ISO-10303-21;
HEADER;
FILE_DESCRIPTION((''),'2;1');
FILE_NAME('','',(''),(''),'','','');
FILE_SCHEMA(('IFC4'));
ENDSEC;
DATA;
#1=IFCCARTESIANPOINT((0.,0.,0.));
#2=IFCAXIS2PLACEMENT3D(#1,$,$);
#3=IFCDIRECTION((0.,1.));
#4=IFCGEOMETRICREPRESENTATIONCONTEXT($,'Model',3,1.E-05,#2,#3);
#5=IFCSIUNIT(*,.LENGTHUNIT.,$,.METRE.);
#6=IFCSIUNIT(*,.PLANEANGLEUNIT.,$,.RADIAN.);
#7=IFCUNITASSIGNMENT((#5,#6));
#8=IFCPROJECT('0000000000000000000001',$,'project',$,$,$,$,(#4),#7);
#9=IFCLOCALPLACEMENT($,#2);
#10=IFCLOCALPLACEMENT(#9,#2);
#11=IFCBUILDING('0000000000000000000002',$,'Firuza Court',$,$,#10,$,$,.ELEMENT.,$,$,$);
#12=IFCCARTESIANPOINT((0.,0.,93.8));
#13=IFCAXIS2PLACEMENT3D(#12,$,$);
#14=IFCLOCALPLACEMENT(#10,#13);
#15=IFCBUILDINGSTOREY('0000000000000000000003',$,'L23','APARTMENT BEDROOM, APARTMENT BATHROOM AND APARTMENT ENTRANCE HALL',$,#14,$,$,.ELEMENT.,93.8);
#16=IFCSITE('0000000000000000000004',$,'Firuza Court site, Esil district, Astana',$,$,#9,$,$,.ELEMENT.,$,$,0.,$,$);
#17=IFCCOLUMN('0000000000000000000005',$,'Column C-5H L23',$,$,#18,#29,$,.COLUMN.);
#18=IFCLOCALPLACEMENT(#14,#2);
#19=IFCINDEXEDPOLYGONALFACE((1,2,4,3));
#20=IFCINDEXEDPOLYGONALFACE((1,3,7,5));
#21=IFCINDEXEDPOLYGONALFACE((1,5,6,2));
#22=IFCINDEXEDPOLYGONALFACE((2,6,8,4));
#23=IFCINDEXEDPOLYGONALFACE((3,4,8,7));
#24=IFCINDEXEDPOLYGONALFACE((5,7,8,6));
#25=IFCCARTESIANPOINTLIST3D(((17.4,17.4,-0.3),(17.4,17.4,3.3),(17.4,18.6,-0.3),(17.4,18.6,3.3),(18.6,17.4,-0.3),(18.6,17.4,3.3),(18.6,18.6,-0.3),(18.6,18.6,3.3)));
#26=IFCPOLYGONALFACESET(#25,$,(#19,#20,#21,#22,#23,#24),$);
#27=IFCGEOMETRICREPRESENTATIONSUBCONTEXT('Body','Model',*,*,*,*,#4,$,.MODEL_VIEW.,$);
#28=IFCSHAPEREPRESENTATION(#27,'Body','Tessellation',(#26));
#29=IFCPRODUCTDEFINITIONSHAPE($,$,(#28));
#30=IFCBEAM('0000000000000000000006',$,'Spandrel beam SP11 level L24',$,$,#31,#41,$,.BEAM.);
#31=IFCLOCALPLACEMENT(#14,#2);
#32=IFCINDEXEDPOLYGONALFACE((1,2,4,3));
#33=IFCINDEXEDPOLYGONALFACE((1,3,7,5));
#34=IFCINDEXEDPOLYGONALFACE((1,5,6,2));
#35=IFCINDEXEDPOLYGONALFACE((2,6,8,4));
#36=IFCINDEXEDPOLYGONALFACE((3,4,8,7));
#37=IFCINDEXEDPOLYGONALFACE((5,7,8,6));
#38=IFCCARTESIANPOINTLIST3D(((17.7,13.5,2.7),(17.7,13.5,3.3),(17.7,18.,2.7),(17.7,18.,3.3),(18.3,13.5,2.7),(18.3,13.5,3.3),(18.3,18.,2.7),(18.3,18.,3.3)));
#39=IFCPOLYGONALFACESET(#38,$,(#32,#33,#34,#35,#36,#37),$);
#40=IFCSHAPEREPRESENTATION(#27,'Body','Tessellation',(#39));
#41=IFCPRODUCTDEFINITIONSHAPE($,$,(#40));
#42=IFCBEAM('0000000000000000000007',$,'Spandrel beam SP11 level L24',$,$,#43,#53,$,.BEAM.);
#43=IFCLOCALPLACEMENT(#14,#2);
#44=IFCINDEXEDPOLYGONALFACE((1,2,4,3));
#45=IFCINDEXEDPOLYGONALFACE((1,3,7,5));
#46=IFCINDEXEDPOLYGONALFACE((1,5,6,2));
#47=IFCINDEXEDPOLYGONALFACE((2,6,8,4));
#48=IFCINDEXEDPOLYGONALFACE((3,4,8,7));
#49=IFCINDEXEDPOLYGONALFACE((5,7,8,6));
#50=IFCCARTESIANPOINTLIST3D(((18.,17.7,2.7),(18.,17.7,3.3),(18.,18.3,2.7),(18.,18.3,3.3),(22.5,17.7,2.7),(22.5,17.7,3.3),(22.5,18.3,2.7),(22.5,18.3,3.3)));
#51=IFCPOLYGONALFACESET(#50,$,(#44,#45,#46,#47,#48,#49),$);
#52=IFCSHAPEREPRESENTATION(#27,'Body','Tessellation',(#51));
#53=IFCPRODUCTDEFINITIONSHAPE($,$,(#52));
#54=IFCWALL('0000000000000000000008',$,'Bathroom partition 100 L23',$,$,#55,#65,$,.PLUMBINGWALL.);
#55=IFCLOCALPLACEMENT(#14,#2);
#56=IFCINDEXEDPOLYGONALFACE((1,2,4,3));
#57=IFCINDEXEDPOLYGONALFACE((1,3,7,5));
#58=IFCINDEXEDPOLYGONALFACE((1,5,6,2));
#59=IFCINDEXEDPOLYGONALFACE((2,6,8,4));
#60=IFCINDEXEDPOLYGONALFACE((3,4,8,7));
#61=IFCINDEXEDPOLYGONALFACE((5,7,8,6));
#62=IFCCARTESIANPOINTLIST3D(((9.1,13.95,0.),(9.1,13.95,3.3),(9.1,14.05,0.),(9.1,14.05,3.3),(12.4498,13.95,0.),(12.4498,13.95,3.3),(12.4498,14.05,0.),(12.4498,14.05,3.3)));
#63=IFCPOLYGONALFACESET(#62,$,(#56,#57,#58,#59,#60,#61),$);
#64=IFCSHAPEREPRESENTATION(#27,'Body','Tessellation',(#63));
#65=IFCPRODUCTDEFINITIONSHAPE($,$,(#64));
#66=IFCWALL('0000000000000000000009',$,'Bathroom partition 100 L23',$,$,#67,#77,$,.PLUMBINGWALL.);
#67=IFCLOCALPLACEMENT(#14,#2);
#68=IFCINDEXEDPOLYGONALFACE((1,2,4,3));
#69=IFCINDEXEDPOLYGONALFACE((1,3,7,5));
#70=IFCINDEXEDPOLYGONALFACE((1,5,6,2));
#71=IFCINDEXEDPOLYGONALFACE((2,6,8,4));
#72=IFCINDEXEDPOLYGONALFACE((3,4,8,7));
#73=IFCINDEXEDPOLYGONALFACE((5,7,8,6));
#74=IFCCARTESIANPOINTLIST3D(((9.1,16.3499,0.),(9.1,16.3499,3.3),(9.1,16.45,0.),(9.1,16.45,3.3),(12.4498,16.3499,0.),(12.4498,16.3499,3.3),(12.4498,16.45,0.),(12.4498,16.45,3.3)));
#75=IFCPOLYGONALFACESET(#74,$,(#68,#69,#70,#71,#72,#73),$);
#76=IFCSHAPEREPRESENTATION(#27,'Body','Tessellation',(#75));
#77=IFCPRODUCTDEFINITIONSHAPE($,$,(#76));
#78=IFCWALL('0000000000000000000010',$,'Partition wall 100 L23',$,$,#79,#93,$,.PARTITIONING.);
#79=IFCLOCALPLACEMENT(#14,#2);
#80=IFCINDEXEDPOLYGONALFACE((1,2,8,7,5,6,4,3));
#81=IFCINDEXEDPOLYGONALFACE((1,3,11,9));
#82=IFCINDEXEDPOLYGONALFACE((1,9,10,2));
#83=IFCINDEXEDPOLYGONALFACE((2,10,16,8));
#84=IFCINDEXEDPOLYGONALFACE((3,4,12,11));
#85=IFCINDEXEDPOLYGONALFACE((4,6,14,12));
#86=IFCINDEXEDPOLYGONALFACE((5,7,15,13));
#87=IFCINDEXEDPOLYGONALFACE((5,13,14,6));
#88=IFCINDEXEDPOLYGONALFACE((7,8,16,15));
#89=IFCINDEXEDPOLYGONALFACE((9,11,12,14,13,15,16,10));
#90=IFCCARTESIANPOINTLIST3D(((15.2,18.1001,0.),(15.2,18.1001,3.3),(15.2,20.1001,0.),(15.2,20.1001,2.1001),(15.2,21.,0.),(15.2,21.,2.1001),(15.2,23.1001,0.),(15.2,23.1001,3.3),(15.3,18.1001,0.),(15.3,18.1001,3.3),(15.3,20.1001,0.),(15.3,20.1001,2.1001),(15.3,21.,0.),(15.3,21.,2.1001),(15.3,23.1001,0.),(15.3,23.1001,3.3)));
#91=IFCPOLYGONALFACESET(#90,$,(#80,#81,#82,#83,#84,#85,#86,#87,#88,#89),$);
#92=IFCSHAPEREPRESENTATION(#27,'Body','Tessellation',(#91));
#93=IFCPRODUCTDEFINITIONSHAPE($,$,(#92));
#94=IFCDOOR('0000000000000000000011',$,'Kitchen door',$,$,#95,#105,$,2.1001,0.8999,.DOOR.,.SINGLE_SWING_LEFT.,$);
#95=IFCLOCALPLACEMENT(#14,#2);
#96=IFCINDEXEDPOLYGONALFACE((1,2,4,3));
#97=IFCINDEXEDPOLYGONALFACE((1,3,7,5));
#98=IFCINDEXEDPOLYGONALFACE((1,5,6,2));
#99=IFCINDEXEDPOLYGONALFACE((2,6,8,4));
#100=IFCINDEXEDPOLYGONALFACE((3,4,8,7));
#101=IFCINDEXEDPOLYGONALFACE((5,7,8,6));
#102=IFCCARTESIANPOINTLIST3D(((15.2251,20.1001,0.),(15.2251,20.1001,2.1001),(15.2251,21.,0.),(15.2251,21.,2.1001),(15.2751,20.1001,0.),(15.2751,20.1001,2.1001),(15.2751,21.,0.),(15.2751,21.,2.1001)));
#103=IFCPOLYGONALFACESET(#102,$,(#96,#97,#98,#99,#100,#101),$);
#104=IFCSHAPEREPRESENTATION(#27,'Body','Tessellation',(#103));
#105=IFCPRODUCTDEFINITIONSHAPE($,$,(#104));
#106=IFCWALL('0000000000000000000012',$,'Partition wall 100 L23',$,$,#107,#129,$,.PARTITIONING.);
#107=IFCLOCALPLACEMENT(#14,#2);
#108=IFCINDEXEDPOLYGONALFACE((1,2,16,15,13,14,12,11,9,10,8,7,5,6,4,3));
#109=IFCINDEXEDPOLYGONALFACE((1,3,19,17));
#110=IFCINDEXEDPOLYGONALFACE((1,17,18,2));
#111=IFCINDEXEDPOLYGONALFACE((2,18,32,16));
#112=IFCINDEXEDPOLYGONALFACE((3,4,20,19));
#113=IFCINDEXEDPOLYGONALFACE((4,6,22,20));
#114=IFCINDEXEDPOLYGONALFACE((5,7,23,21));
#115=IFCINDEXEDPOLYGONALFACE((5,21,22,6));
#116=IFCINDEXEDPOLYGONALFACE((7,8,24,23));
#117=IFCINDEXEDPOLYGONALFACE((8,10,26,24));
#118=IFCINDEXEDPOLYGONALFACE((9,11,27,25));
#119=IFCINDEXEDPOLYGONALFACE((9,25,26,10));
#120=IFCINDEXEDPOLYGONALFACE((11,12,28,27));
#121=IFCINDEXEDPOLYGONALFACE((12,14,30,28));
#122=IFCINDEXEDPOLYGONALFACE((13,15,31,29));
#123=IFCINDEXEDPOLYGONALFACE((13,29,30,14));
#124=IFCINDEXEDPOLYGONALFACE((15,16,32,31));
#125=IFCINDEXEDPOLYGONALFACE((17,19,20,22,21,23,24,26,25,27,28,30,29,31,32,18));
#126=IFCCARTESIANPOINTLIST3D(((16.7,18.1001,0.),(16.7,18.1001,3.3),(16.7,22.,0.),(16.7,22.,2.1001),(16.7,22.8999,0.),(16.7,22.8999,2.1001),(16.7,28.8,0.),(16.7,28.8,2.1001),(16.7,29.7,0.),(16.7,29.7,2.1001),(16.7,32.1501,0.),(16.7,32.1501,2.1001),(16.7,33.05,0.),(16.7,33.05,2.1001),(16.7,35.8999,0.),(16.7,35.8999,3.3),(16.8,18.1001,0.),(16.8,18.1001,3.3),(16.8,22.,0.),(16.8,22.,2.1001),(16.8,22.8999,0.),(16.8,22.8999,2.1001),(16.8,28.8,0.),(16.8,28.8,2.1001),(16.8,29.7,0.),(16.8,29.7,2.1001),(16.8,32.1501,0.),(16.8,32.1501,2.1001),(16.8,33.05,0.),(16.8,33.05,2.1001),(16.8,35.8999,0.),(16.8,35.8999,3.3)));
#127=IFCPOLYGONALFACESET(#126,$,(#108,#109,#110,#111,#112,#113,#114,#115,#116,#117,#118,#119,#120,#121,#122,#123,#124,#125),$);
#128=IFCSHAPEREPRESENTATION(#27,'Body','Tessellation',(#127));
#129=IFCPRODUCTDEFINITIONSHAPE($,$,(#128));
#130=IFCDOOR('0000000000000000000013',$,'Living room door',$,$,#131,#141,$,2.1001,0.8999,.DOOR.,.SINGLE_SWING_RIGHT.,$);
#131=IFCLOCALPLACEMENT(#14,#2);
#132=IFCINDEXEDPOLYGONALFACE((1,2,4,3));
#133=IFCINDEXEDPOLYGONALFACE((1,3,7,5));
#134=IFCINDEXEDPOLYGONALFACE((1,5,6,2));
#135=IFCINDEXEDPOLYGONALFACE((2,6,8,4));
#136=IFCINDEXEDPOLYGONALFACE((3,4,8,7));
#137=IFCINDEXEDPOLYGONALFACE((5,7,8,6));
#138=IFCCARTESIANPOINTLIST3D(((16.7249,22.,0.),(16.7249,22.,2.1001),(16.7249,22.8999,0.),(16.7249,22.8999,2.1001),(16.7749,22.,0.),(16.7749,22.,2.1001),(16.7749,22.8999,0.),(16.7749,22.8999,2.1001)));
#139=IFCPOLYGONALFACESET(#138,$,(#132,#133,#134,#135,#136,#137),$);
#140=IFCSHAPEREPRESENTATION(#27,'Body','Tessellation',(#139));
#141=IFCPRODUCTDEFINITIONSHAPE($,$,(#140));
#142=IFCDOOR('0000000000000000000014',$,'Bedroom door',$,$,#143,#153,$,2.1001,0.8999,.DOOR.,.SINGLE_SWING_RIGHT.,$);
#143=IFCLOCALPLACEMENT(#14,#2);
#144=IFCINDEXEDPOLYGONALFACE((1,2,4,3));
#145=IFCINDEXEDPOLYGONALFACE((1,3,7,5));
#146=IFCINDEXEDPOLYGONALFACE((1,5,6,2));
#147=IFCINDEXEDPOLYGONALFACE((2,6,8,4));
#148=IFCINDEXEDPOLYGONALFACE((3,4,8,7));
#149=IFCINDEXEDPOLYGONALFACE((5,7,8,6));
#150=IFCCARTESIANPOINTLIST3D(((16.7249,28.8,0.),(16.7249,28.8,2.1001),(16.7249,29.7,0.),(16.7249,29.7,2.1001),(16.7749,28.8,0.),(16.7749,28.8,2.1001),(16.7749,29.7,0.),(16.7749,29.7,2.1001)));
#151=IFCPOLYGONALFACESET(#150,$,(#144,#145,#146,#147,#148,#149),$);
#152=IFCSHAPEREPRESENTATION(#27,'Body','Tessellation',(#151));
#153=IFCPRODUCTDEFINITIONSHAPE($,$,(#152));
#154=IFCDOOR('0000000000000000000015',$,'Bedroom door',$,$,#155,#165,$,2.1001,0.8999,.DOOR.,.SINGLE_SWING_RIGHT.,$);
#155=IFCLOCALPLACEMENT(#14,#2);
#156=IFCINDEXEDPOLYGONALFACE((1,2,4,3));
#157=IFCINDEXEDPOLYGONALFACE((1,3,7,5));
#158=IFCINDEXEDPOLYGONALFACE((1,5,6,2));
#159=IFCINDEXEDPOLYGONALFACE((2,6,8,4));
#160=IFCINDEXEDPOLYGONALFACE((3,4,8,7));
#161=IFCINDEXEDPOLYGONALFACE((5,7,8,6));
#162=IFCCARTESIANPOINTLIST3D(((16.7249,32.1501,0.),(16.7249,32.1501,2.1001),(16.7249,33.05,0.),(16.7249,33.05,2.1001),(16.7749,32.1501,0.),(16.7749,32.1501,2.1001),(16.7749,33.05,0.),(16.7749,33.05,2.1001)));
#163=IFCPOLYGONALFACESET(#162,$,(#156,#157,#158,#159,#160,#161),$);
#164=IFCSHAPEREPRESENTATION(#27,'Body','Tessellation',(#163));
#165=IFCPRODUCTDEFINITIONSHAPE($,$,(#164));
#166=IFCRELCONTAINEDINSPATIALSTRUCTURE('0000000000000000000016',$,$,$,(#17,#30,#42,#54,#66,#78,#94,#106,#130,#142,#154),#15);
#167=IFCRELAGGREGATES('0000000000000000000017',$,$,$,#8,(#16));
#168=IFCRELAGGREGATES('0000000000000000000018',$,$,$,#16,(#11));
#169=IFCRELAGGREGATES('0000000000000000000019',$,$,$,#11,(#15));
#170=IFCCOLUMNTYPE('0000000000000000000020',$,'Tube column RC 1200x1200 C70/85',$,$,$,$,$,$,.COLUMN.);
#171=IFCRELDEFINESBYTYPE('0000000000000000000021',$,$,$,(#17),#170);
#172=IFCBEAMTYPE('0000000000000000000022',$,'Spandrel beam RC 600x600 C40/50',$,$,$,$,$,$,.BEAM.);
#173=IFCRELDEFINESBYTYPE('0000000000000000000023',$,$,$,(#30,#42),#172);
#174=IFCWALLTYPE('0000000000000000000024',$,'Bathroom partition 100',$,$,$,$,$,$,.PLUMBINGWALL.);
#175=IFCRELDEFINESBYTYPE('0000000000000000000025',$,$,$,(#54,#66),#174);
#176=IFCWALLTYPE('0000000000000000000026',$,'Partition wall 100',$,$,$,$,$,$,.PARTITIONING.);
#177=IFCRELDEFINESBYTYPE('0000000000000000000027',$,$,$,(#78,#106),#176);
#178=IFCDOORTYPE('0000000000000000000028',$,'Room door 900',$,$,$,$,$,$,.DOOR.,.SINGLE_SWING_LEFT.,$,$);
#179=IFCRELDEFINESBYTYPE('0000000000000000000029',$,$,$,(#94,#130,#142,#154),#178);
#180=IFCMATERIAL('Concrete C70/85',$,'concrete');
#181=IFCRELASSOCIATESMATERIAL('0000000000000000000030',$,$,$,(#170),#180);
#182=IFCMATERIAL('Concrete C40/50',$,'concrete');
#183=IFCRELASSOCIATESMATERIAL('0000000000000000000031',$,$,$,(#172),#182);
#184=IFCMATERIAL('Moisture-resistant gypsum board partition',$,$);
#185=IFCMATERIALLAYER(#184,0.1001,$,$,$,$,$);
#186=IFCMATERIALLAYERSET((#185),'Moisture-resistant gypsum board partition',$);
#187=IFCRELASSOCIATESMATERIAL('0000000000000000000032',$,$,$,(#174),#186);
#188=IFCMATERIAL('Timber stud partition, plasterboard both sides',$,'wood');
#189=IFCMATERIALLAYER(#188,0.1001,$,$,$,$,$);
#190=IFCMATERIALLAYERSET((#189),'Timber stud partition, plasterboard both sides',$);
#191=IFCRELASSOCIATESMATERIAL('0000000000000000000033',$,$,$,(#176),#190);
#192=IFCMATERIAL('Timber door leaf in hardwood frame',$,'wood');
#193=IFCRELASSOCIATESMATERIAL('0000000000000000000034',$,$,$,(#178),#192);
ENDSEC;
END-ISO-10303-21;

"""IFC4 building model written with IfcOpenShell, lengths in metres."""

from ifc_helpers import new_model, si_unit, direction, frame, frame_2d, origin, origin_2d, place, context, subcontext, project, spatial, rectangle, extrude, material, layer, layer_set, material_profile, profile_set, type_object, element, fill, save


model = new_model("IFC4")

# Units and contexts
model_context = context("Model", 3, precision=1e-05, world=origin(), true_north=direction((0.0, 1.0)))
body_context = subcontext(model_context, "Body", "Model", "MODEL_VIEW")
ifc_project = project(units=[si_unit("LENGTHUNIT", "METRE"), si_unit("PLANEANGLEUNIT", "RADIAN")], contexts=[model_context])

# Site, building, storey
site_placement = place(None, origin())
site = spatial("IfcSite", under=ifc_project, at=site_placement, Name="Firuza Court site, Esil district, Astana", CompositionType="ELEMENT", RefElevation=0.0)
building_placement = place(site_placement, origin())
building = spatial("IfcBuilding", under=site, at=building_placement, Name="Firuza Court", CompositionType="ELEMENT")
storey_placement = place(building_placement, frame((0.0, 0.0, 93.8)))
storey = spatial("IfcBuildingStorey", under=building, at=storey_placement, Name="L23", Description="APARTMENT BEDROOM, APARTMENT BATHROOM AND APARTMENT ENTRANCE HALL", CompositionType="ELEMENT", Elevation=93.8)

# Column
ifc_material_1 = material(Name="Concrete C70/85", Category="concrete")
ifc_material_profile_1 = material_profile(ifc_material_1, rectangle(XDim=1.2, YDim=1.2, at=origin_2d()), Name="RC 1200x1200")
ifc_profile_set_1 = profile_set([ifc_material_profile_1], Name="Concrete C70/85")
column_type = type_object("IfcColumnType", Name="Tube column RC 1200x1200 C70/85", PredefinedType="COLUMN", material=ifc_profile_set_1)
column_placement = place(storey_placement, frame((18.0, 18.0, -0.3), z_axis=(0.0, 0.0, 1.0), x_axis=(1.0, 0.0, 0.0)))
element("IfcColumn", 1, at=column_placement, inside=storey, type_object=column_type, Name="Column C-5H L23", PredefinedType="COLUMN", context=body_context, shape_type="SweptSolid", body=[
    extrude(rectangle(XDim=1.2, YDim=1.2, at=origin_2d()), origin(), (0.0, 0.0, 1.0), 3.6001),
])

# Beams
ifc_material_2 = material(Name="Concrete C40/50", Category="concrete")
ifc_material_profile_2 = material_profile(ifc_material_2, rectangle(XDim=0.6001, YDim=0.6001, at=origin_2d()), Name="RC 600x600")
ifc_profile_set_2 = profile_set([ifc_material_profile_2], Name="Concrete C40/50")
beam_type = type_object("IfcBeamType", Name="Spandrel beam RC 600x600 C40/50", PredefinedType="BEAM", material=ifc_profile_set_2)
for number, where, z_axis, x_axis, name in (
    (2, (18.0, 13.5, 3.0), (0.0, 1.0, 0.0), (-1.0, 0.0, 0.0), "Spandrel beam SP11 level L24"),
    (3, (18.0, 18.0, 3.0), (1.0, 0.0, 0.0), (0.0, 1.0, 0.0), "Spandrel beam SP11 level L24"),
):
    element("IfcBeam", number, at=place(storey_placement, frame(where, z_axis=z_axis, x_axis=x_axis)), inside=storey, type_object=beam_type, Name=name, PredefinedType="BEAM", context=body_context, shape_type="SweptSolid", body=[
        extrude(rectangle(XDim=0.6001, YDim=0.6001, at=origin_2d()), origin(), (0.0, 0.0, 1.0), 4.5),
    ])

# Walls
ifc_material_3 = material(Name="Moisture-resistant gypsum board partition")
ifc_layer_1 = layer(ifc_material_3, 0.1001)
ifc_layer_set_1 = layer_set([ifc_layer_1], Name="Moisture-resistant gypsum board partition")
wall_type_1 = type_object("IfcWallType", Name="Bathroom partition 100", PredefinedType="PLUMBINGWALL", material=ifc_layer_set_1)
for number, where, z_axis, x_axis, name in (
    (4, (9.1001, 14.0, 0.0), (0.0, 0.0, 1.0), (1.0, 0.0, 0.0), "Bathroom partition 100 L23"),
    (5, (9.1001, 16.3999, 0.0), (0.0, 0.0, 1.0), (1.0, 0.0, 0.0), "Bathroom partition 100 L23"),
):
    element("IfcWall", number, at=place(storey_placement, frame(where, z_axis=z_axis, x_axis=x_axis)), inside=storey, type_object=wall_type_1, Name=name, PredefinedType="PLUMBINGWALL", context=body_context, shape_type="SweptSolid", body=[
        extrude(rectangle(XDim=3.3499, YDim=0.1001, at=frame_2d((1.6748, 0.0))), origin(), (0.0, 0.0, 1.0), 3.3),
    ])

# Wall, opening, door
ifc_material_4 = material(Name="Timber stud partition, plasterboard both sides", Category="wood")
ifc_layer_2 = layer(ifc_material_4, 0.1001)
ifc_layer_set_2 = layer_set([ifc_layer_2], Name="Timber stud partition, plasterboard both sides")
wall_type_2 = type_object("IfcWallType", Name="Partition wall 100", PredefinedType="PARTITIONING", material=ifc_layer_set_2)
wall_1_placement = place(storey_placement, frame((15.25, 18.1001, 0.0), z_axis=(0.0, 0.0, 1.0), x_axis=(0.0, 1.0, 0.0)))
wall_1 = element("IfcWall", 6, at=wall_1_placement, inside=storey, type_object=wall_type_2, Name="Partition wall 100 L23", PredefinedType="PARTITIONING", context=body_context, shape_type="SweptSolid", body=[
    extrude(rectangle(XDim=5.0, YDim=0.1001, at=frame_2d((2.5, 0.0))), origin(), (0.0, 0.0, 1.0), 3.3),
])
opening_1_placement = place(wall_1_placement, frame((2.0, 0.0, 0.0)))
opening_1 = element("IfcOpeningElement", 7, at=opening_1_placement, cuts=wall_1, PredefinedType="OPENING", context=body_context, shape_type="SweptSolid", body=[
    extrude(rectangle(XDim=0.8999, YDim=2.1001, at=frame_2d((0.45, 1.05))), frame((0.0, 0.062, 0.0), z_axis=(0.0, -1.0, 0.0), x_axis=(1.0, 0.0, 0.0)), (0.0, 0.0, 1.0), 0.124),
])
ifc_material_5 = material(Name="Timber door leaf in hardwood frame", Category="wood")
door_type = type_object("IfcDoorType", Name="Room door 900", OperationType="SINGLE_SWING_LEFT", PredefinedType="DOOR", material=ifc_material_5)
door_1_placement = place(opening_1_placement, origin())
door_1 = element("IfcDoor", 8, at=door_1_placement, inside=storey, type_object=door_type, Name="Kitchen door", OperationType="SINGLE_SWING_LEFT", OverallHeight=2.1001, OverallWidth=0.8999, PredefinedType="DOOR", context=body_context, shape_type="SweptSolid", body=[
    extrude(rectangle(XDim=0.8999, YDim=2.1001, at=frame_2d((0.45, 1.05))), frame((0.0, 0.0249, 0.0), z_axis=(0.0, -1.0, 0.0), x_axis=(1.0, 0.0, 0.0)), (0.0, 0.0, 1.0), 0.05),
])
fill(opening_1, door_1)

# Wall, openings, doors
wall_2_placement = place(storey_placement, frame((16.75, 18.1001, 0.0), z_axis=(0.0, 0.0, 1.0), x_axis=(0.0, 1.0, 0.0)))
wall_2 = element("IfcWall", 9, at=wall_2_placement, inside=storey, type_object=wall_type_2, Name="Partition wall 100 L23", PredefinedType="PARTITIONING", context=body_context, shape_type="SweptSolid", body=[
    extrude(rectangle(XDim=17.7998, YDim=0.1001, at=frame_2d((8.8999, 0.0))), origin(), (0.0, 0.0, 1.0), 3.3),
])
opening_2_placement = place(wall_2_placement, frame((3.8999, 0.0, 0.0)))
opening_2 = element("IfcOpeningElement", 10, at=opening_2_placement, cuts=wall_2, PredefinedType="OPENING", context=body_context, shape_type="SweptSolid", body=[
    extrude(rectangle(XDim=0.8999, YDim=2.1001, at=frame_2d((0.45, 1.05))), frame((0.0, 0.062, 0.0), z_axis=(0.0, -1.0, 0.0), x_axis=(1.0, 0.0, 0.0)), (0.0, 0.0, 1.0), 0.124),
])
opening_3_placement = place(wall_2_placement, frame((10.7, 0.0, 0.0)))
opening_3 = element("IfcOpeningElement", 11, at=opening_3_placement, cuts=wall_2, PredefinedType="OPENING", context=body_context, shape_type="SweptSolid", body=[
    extrude(rectangle(XDim=0.8999, YDim=2.1001, at=frame_2d((0.45, 1.05))), frame((0.0, 0.062, 0.0), z_axis=(0.0, -1.0, 0.0), x_axis=(1.0, 0.0, 0.0)), (0.0, 0.0, 1.0), 0.124),
])
opening_4_placement = place(wall_2_placement, frame((14.05, 0.0, 0.0)))
opening_4 = element("IfcOpeningElement", 12, at=opening_4_placement, cuts=wall_2, PredefinedType="OPENING", context=body_context, shape_type="SweptSolid", body=[
    extrude(rectangle(XDim=0.8999, YDim=2.1001, at=frame_2d((0.45, 1.05))), frame((0.0, 0.062, 0.0), z_axis=(0.0, -1.0, 0.0), x_axis=(1.0, 0.0, 0.0)), (0.0, 0.0, 1.0), 0.124),
])
door_2_placement = place(opening_2_placement, frame((0.8999, 0.0, 0.0), z_axis=(0.0, 0.0, 1.0), x_axis=(-1.0, 0.0, 0.0)))
door_2 = element("IfcDoor", 13, at=door_2_placement, inside=storey, type_object=door_type, Name="Living room door", OperationType="SINGLE_SWING_RIGHT", OverallHeight=2.1001, OverallWidth=0.8999, PredefinedType="DOOR", context=body_context, shape_type="SweptSolid", body=[
    extrude(rectangle(XDim=0.8999, YDim=2.1001, at=frame_2d((0.45, 1.05))), frame((0.0, 0.0249, 0.0), z_axis=(0.0, -1.0, 0.0), x_axis=(1.0, 0.0, 0.0)), (0.0, 0.0, 1.0), 0.05),
])
fill(opening_2, door_2)
door_3_placement = place(opening_3_placement, frame((0.8999, 0.0, 0.0), z_axis=(0.0, 0.0, 1.0), x_axis=(-1.0, 0.0, 0.0)))
door_3 = element("IfcDoor", 14, at=door_3_placement, inside=storey, type_object=door_type, Name="Bedroom door", OperationType="SINGLE_SWING_RIGHT", OverallHeight=2.1001, OverallWidth=0.8999, PredefinedType="DOOR", context=body_context, shape_type="SweptSolid", body=[
    extrude(rectangle(XDim=0.8999, YDim=2.1001, at=frame_2d((0.45, 1.05))), frame((0.0, 0.0249, 0.0), z_axis=(0.0, -1.0, 0.0), x_axis=(1.0, 0.0, 0.0)), (0.0, 0.0, 1.0), 0.05),
])
fill(opening_3, door_3)
door_4_placement = place(opening_4_placement, frame((0.8999, 0.0, 0.0), z_axis=(0.0, 0.0, 1.0), x_axis=(-1.0, 0.0, 0.0)))
door_4 = element("IfcDoor", 15, at=door_4_placement, inside=storey, type_object=door_type, Name="Bedroom door", OperationType="SINGLE_SWING_RIGHT", OverallHeight=2.1001, OverallWidth=0.8999, PredefinedType="DOOR", context=body_context, shape_type="SweptSolid", body=[
    extrude(rectangle(XDim=0.8999, YDim=2.1001, at=frame_2d((0.45, 1.05))), frame((0.0, 0.0249, 0.0), z_axis=(0.0, -1.0, 0.0), x_axis=(1.0, 0.0, 0.0)), (0.0, 0.0, 1.0), 0.05),
])
fill(opening_4, door_4)

save(model, "model.ifc")
